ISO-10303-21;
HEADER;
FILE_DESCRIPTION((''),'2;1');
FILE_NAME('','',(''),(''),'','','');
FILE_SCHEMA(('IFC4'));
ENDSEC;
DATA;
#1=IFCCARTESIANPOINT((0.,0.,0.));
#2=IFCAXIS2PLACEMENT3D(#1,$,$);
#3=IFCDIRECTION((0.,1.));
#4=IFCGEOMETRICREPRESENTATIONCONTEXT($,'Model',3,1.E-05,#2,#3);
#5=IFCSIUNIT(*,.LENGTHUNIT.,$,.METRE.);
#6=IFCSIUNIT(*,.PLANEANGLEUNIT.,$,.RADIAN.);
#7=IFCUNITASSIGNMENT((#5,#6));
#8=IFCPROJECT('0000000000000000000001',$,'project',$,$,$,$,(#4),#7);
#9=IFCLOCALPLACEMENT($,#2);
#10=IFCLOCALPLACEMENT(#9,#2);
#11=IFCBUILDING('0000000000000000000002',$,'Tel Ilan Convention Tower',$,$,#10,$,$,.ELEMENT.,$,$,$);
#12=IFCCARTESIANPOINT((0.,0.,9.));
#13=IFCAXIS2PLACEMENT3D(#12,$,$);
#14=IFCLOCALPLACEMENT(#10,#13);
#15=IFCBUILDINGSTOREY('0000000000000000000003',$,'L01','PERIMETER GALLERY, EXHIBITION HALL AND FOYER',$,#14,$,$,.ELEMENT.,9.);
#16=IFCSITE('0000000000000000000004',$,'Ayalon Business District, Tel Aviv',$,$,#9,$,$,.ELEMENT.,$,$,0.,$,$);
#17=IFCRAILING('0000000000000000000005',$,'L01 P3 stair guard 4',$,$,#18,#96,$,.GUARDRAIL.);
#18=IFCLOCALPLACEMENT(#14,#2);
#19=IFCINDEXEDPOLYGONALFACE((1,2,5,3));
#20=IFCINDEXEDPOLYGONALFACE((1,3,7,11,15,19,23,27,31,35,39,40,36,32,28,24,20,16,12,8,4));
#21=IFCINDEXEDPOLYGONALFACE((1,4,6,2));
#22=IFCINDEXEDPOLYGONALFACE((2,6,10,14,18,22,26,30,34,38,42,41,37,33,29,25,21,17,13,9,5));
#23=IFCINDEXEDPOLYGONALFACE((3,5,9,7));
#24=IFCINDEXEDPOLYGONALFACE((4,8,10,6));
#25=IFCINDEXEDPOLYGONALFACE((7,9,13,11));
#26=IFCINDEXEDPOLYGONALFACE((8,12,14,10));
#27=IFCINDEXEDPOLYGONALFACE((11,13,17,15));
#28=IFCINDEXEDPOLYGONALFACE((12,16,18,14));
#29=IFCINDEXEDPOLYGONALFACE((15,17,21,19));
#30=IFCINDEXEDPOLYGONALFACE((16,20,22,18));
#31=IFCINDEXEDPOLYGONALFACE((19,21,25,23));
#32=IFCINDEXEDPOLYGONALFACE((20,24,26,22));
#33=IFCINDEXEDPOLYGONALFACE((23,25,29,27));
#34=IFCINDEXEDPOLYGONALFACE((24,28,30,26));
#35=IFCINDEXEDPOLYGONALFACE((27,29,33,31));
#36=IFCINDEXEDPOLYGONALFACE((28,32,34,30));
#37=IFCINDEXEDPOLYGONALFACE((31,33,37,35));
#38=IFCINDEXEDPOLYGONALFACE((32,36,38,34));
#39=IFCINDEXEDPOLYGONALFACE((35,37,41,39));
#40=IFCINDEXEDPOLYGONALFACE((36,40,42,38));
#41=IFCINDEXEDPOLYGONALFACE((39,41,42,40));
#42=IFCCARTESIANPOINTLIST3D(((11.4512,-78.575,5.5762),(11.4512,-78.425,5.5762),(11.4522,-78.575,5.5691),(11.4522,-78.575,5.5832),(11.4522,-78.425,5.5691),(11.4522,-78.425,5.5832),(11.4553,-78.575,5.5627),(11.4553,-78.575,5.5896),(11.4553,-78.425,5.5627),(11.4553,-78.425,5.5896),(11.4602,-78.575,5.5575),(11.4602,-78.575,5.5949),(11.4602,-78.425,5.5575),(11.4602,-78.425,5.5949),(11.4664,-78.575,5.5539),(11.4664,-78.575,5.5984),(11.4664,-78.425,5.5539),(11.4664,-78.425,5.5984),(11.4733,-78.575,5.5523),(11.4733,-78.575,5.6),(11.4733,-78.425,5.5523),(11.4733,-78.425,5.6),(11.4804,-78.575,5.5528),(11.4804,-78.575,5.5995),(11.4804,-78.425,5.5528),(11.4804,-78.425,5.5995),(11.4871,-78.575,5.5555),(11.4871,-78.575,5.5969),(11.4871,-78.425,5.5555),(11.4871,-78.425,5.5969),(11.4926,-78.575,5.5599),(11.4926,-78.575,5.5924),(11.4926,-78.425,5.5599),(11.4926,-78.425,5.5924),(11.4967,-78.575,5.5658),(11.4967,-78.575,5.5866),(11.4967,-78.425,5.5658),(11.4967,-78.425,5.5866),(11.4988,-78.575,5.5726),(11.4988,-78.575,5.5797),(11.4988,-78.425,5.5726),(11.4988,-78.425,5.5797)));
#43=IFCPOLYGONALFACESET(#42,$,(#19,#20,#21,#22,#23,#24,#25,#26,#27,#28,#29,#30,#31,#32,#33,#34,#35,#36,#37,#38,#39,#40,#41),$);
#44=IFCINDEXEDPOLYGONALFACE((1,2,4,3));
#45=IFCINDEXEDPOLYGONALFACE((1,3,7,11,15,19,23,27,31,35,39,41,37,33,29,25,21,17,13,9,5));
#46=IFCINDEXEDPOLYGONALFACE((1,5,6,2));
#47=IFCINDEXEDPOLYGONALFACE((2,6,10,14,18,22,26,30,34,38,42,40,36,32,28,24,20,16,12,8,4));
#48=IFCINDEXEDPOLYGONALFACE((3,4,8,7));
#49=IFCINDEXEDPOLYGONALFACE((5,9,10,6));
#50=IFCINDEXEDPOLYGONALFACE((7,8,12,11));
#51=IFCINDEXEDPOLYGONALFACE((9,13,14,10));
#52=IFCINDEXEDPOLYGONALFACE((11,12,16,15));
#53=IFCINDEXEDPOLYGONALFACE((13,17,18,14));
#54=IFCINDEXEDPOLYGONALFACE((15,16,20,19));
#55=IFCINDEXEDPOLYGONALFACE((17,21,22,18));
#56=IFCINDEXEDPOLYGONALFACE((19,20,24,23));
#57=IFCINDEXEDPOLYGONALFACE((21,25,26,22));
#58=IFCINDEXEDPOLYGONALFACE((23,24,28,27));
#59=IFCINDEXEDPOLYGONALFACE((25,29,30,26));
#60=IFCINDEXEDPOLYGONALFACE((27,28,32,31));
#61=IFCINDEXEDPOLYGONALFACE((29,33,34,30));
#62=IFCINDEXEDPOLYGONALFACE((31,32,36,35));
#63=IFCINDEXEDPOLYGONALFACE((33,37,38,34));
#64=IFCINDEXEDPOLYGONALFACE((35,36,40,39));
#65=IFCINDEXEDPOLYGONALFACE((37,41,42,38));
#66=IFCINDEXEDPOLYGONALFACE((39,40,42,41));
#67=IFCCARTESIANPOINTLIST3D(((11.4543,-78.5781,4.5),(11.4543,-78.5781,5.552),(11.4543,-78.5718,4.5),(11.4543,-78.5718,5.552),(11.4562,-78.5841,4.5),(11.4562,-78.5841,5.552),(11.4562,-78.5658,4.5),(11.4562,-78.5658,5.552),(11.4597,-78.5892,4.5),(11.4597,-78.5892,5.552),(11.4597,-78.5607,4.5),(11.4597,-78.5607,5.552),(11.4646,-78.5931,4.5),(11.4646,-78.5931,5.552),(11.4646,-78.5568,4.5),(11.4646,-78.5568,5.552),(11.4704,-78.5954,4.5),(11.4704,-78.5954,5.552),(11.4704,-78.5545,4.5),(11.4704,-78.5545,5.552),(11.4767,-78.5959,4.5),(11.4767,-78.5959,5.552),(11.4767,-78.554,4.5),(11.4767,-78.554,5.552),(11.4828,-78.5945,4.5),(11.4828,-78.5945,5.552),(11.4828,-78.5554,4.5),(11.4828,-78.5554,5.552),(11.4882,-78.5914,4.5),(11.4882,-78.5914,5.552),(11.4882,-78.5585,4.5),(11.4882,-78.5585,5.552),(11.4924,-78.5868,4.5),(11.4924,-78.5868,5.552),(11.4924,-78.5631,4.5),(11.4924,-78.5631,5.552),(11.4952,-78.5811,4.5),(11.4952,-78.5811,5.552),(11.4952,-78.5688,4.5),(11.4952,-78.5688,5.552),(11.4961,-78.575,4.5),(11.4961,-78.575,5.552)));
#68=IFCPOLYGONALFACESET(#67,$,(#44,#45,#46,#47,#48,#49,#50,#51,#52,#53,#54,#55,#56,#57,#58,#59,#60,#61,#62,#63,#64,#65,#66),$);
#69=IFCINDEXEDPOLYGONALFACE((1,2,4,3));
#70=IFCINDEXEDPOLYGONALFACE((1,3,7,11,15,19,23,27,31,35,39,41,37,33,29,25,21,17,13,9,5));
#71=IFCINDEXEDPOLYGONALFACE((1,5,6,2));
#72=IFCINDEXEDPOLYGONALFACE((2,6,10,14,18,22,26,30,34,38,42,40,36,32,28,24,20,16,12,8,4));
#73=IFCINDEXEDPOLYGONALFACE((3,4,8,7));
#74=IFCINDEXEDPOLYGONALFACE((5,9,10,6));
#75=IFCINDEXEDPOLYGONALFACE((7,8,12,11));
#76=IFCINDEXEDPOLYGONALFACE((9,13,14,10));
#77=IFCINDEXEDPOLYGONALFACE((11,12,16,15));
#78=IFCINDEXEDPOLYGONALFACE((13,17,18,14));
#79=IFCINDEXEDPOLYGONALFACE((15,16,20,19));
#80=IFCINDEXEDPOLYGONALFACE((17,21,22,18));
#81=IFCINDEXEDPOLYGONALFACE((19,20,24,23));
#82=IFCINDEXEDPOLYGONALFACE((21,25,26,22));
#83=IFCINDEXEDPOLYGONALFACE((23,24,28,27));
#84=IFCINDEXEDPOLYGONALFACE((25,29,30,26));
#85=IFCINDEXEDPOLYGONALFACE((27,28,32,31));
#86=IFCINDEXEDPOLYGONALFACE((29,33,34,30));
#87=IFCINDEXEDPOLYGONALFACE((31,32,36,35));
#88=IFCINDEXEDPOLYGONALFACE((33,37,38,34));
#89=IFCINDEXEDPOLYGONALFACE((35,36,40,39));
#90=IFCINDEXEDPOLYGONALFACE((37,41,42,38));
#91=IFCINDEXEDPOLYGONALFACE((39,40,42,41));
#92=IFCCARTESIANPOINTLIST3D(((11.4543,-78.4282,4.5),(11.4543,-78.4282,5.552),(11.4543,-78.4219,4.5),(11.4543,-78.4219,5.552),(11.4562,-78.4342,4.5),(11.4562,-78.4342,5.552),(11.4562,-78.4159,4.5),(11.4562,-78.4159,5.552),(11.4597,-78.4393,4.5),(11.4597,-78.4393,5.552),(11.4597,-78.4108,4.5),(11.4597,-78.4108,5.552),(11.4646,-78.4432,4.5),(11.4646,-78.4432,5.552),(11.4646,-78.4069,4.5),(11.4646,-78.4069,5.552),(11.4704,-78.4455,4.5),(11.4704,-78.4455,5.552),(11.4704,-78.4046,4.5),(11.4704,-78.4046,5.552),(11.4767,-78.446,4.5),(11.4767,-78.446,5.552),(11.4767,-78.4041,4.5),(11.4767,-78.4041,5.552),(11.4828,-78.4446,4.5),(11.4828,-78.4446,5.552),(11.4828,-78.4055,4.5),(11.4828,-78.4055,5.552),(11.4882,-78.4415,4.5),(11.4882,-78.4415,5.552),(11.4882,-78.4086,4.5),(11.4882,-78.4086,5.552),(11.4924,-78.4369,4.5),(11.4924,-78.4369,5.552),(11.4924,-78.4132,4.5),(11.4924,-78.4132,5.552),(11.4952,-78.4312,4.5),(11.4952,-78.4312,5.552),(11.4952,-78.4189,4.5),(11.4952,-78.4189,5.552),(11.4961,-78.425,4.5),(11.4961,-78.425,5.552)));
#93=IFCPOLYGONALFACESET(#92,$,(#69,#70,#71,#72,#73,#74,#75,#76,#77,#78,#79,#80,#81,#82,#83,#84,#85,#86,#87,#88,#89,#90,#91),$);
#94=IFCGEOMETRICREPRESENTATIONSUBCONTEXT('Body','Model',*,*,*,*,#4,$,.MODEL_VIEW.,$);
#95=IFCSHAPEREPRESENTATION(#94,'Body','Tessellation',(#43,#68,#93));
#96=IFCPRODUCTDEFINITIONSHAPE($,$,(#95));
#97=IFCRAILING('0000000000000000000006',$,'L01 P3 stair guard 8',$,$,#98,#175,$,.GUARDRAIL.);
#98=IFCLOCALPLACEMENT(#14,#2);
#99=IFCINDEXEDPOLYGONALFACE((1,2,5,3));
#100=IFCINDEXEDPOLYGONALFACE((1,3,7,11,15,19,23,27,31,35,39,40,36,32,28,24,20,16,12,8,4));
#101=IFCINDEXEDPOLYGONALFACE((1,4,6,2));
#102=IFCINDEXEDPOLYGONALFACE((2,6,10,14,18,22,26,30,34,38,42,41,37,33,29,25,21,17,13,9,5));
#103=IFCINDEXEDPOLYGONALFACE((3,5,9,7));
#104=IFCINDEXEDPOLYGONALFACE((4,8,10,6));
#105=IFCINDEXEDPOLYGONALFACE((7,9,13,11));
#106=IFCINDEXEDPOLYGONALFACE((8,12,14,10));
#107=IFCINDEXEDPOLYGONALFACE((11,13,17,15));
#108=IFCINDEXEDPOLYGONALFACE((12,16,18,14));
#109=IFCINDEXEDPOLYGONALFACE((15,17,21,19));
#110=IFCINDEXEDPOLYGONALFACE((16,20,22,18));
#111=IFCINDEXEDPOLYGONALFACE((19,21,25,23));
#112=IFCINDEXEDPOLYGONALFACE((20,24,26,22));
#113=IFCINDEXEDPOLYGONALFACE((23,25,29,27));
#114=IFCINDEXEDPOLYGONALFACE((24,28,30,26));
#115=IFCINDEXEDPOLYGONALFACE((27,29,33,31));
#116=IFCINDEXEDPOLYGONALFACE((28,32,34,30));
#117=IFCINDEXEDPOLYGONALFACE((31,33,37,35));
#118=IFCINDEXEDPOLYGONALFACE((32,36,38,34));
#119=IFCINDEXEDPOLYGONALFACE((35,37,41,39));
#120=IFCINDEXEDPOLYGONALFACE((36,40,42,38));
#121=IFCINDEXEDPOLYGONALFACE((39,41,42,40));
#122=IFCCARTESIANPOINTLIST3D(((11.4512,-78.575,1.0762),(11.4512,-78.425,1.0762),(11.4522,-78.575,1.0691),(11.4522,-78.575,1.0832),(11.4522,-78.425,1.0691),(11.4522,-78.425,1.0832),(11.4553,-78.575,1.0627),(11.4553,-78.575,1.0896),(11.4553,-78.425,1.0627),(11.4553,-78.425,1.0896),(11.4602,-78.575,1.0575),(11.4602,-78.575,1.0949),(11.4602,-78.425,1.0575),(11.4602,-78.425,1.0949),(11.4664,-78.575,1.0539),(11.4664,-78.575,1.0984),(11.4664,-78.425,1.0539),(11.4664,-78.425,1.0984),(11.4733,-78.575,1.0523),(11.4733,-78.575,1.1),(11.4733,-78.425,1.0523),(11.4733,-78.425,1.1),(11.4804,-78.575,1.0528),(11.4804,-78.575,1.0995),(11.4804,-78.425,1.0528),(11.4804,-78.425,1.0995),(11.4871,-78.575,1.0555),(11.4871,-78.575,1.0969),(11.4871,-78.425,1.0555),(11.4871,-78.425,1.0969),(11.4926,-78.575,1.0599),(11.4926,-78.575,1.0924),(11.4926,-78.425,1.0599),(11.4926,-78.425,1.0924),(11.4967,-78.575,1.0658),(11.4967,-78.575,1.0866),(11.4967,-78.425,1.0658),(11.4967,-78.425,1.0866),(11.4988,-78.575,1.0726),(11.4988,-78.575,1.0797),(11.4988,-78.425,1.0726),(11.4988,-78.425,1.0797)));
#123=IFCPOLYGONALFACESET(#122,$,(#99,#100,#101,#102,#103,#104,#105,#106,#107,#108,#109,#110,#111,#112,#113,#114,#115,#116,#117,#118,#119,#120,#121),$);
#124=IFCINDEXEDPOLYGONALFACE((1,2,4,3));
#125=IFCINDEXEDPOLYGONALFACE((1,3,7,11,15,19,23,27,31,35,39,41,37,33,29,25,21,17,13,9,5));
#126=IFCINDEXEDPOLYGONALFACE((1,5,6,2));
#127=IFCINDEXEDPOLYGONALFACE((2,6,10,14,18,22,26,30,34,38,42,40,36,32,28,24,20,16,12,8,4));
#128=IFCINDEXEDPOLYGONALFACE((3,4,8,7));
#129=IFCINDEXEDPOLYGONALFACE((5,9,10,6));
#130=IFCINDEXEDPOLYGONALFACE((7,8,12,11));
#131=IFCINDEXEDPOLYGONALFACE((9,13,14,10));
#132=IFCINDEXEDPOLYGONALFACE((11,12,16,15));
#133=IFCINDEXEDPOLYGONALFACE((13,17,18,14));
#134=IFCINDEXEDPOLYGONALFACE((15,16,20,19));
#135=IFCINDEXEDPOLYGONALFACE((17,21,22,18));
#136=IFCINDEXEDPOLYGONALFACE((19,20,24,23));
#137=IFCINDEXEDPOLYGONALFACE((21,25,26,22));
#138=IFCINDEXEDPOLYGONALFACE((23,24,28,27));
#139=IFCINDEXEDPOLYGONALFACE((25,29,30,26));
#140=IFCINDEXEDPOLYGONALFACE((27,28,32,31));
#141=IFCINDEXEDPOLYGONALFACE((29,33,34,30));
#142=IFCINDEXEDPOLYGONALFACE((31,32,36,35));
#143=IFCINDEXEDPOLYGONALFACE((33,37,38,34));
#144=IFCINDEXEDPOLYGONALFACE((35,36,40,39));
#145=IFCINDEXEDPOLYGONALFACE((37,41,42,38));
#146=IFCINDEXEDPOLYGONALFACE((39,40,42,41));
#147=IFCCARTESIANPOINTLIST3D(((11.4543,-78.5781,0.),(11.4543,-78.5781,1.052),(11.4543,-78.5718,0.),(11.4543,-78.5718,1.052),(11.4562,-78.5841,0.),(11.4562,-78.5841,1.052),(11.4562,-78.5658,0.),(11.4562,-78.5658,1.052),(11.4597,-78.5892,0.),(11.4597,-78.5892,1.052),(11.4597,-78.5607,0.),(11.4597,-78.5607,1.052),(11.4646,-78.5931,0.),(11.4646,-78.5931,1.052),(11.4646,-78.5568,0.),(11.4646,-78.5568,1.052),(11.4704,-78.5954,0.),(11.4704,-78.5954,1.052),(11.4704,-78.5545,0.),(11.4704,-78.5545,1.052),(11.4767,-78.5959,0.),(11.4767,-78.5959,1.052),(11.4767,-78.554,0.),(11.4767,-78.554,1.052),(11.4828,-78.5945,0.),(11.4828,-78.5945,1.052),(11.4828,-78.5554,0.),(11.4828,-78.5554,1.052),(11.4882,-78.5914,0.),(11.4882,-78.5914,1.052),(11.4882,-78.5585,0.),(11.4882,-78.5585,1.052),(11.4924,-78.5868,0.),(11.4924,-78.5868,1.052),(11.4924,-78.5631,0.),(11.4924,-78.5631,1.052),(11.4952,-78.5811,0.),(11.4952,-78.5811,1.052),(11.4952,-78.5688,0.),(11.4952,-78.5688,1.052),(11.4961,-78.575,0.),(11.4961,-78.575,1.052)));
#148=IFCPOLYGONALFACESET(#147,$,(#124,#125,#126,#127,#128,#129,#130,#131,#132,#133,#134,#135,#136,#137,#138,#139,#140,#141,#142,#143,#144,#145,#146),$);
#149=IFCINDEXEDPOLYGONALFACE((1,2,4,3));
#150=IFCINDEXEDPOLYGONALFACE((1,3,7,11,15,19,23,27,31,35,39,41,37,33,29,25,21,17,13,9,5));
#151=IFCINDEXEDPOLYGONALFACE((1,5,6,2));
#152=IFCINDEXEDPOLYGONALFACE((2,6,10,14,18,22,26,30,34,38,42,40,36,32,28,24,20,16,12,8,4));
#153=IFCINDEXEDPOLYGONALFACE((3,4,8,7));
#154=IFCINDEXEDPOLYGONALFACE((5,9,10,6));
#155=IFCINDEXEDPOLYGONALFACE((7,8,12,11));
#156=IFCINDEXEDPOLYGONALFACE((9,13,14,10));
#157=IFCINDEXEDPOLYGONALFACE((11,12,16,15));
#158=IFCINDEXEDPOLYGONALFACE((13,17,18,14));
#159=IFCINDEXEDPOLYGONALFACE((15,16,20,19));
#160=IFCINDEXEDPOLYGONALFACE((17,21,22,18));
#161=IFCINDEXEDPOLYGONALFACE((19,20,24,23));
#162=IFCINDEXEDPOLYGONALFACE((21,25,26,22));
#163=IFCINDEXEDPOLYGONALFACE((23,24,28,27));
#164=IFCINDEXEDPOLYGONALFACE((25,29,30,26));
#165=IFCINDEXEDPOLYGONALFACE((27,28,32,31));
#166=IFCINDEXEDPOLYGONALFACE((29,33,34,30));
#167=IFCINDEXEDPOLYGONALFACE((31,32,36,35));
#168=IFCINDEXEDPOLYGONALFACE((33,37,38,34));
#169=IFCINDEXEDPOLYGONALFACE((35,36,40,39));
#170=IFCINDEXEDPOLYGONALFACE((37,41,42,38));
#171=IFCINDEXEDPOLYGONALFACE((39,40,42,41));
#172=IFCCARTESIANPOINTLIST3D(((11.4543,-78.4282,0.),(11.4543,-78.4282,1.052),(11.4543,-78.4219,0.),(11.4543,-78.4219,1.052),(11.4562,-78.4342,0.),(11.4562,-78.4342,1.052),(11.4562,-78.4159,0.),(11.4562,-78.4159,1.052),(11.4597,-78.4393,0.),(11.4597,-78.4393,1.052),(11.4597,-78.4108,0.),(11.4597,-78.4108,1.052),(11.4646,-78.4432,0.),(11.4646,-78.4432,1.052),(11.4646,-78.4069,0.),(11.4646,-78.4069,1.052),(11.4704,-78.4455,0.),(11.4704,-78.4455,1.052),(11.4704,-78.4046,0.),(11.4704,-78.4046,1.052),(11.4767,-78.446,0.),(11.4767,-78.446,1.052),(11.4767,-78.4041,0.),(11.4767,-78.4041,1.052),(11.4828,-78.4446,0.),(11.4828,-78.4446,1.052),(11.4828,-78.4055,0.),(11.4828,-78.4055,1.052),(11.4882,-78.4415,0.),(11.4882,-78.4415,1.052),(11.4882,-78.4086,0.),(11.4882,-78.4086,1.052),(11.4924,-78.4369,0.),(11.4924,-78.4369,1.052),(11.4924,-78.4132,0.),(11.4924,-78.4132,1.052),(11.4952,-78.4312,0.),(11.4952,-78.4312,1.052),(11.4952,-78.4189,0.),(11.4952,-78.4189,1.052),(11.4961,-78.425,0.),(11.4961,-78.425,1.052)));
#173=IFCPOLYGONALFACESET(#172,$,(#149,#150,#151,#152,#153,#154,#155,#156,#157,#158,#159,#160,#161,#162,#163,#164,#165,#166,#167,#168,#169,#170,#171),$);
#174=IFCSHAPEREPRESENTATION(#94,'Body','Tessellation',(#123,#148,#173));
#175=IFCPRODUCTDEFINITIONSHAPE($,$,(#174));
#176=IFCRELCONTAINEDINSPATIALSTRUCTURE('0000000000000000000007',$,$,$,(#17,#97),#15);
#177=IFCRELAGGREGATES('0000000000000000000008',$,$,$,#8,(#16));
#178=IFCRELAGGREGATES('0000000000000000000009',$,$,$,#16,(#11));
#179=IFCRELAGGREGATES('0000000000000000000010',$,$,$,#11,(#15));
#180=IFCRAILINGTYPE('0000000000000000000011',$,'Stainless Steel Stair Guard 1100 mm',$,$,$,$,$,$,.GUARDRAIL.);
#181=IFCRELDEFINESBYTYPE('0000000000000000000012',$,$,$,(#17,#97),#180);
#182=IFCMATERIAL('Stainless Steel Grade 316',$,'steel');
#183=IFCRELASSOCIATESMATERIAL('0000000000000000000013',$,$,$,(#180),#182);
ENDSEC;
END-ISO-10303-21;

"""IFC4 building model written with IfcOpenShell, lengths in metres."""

from ifc_helpers import new_model, si_unit, direction, frame, origin, origin_2d, place, context, subcontext, project, spatial, circle, extrude, material, type_object, element, save


model = new_model("IFC4")

# Units and contexts
model_context = context("Model", 3, precision=1e-05, world=origin(), true_north=direction((0.0, 1.0)))
body_context = subcontext(model_context, "Body", "Model", "MODEL_VIEW")
ifc_project = project(units=[si_unit("LENGTHUNIT", "METRE"), si_unit("PLANEANGLEUNIT", "RADIAN")], contexts=[model_context])

# Site, building, storey
site_placement = place(None, origin())
site = spatial("IfcSite", under=ifc_project, at=site_placement, Name="Ayalon Business District, Tel Aviv", CompositionType="ELEMENT", RefElevation=0.0)
building_placement = place(site_placement, origin())
building = spatial("IfcBuilding", under=site, at=building_placement, Name="Tel Ilan Convention Tower", CompositionType="ELEMENT")
storey_placement = place(building_placement, frame((0.0, 0.0, 9.0)))
storey = spatial("IfcBuildingStorey", under=building, at=storey_placement, Name="L01", Description="PERIMETER GALLERY, EXHIBITION HALL AND FOYER", CompositionType="ELEMENT", Elevation=9.0)

# Railings
ifc_material_1 = material(Name="Stainless Steel Grade 316", Category="steel")
railing_type_1 = type_object("IfcRailingType", Name="Stainless Steel Stair Guard 1100 mm", PredefinedType="GUARDRAIL", material=ifc_material_1)
for number, where, name in (
    (1, (11.4751, -78.575, 4.5), "L01 P3 stair guard 4"),
    (2, (11.4751, -78.575, 0.0), "L01 P3 stair guard 8"),
):
    element("IfcRailing", number, at=place(storey_placement, frame(where)), inside=storey, type_object=railing_type_1, Name=name, PredefinedType="GUARDRAIL", context=body_context, shape_type="SweptSolid", body=[
        extrude(circle(Radius=0.0239, at=origin_2d()), frame((0.0, 0.0, 1.0762), z_axis=(0.0, 1.0, 0.0), x_axis=(-1.0, 0.0, 0.0)), (0.0, 0.0, 1.0), 0.1499),
        extrude(circle(Radius=0.021, at=origin_2d()), origin(), (0.0, 0.0, 1.0), 1.052),
        extrude(circle(Radius=0.021, at=origin_2d()), frame((0.0, 0.1499, 0.0)), (0.0, 0.0, 1.0), 1.052),
    ])

save(model, "model.ifc")
